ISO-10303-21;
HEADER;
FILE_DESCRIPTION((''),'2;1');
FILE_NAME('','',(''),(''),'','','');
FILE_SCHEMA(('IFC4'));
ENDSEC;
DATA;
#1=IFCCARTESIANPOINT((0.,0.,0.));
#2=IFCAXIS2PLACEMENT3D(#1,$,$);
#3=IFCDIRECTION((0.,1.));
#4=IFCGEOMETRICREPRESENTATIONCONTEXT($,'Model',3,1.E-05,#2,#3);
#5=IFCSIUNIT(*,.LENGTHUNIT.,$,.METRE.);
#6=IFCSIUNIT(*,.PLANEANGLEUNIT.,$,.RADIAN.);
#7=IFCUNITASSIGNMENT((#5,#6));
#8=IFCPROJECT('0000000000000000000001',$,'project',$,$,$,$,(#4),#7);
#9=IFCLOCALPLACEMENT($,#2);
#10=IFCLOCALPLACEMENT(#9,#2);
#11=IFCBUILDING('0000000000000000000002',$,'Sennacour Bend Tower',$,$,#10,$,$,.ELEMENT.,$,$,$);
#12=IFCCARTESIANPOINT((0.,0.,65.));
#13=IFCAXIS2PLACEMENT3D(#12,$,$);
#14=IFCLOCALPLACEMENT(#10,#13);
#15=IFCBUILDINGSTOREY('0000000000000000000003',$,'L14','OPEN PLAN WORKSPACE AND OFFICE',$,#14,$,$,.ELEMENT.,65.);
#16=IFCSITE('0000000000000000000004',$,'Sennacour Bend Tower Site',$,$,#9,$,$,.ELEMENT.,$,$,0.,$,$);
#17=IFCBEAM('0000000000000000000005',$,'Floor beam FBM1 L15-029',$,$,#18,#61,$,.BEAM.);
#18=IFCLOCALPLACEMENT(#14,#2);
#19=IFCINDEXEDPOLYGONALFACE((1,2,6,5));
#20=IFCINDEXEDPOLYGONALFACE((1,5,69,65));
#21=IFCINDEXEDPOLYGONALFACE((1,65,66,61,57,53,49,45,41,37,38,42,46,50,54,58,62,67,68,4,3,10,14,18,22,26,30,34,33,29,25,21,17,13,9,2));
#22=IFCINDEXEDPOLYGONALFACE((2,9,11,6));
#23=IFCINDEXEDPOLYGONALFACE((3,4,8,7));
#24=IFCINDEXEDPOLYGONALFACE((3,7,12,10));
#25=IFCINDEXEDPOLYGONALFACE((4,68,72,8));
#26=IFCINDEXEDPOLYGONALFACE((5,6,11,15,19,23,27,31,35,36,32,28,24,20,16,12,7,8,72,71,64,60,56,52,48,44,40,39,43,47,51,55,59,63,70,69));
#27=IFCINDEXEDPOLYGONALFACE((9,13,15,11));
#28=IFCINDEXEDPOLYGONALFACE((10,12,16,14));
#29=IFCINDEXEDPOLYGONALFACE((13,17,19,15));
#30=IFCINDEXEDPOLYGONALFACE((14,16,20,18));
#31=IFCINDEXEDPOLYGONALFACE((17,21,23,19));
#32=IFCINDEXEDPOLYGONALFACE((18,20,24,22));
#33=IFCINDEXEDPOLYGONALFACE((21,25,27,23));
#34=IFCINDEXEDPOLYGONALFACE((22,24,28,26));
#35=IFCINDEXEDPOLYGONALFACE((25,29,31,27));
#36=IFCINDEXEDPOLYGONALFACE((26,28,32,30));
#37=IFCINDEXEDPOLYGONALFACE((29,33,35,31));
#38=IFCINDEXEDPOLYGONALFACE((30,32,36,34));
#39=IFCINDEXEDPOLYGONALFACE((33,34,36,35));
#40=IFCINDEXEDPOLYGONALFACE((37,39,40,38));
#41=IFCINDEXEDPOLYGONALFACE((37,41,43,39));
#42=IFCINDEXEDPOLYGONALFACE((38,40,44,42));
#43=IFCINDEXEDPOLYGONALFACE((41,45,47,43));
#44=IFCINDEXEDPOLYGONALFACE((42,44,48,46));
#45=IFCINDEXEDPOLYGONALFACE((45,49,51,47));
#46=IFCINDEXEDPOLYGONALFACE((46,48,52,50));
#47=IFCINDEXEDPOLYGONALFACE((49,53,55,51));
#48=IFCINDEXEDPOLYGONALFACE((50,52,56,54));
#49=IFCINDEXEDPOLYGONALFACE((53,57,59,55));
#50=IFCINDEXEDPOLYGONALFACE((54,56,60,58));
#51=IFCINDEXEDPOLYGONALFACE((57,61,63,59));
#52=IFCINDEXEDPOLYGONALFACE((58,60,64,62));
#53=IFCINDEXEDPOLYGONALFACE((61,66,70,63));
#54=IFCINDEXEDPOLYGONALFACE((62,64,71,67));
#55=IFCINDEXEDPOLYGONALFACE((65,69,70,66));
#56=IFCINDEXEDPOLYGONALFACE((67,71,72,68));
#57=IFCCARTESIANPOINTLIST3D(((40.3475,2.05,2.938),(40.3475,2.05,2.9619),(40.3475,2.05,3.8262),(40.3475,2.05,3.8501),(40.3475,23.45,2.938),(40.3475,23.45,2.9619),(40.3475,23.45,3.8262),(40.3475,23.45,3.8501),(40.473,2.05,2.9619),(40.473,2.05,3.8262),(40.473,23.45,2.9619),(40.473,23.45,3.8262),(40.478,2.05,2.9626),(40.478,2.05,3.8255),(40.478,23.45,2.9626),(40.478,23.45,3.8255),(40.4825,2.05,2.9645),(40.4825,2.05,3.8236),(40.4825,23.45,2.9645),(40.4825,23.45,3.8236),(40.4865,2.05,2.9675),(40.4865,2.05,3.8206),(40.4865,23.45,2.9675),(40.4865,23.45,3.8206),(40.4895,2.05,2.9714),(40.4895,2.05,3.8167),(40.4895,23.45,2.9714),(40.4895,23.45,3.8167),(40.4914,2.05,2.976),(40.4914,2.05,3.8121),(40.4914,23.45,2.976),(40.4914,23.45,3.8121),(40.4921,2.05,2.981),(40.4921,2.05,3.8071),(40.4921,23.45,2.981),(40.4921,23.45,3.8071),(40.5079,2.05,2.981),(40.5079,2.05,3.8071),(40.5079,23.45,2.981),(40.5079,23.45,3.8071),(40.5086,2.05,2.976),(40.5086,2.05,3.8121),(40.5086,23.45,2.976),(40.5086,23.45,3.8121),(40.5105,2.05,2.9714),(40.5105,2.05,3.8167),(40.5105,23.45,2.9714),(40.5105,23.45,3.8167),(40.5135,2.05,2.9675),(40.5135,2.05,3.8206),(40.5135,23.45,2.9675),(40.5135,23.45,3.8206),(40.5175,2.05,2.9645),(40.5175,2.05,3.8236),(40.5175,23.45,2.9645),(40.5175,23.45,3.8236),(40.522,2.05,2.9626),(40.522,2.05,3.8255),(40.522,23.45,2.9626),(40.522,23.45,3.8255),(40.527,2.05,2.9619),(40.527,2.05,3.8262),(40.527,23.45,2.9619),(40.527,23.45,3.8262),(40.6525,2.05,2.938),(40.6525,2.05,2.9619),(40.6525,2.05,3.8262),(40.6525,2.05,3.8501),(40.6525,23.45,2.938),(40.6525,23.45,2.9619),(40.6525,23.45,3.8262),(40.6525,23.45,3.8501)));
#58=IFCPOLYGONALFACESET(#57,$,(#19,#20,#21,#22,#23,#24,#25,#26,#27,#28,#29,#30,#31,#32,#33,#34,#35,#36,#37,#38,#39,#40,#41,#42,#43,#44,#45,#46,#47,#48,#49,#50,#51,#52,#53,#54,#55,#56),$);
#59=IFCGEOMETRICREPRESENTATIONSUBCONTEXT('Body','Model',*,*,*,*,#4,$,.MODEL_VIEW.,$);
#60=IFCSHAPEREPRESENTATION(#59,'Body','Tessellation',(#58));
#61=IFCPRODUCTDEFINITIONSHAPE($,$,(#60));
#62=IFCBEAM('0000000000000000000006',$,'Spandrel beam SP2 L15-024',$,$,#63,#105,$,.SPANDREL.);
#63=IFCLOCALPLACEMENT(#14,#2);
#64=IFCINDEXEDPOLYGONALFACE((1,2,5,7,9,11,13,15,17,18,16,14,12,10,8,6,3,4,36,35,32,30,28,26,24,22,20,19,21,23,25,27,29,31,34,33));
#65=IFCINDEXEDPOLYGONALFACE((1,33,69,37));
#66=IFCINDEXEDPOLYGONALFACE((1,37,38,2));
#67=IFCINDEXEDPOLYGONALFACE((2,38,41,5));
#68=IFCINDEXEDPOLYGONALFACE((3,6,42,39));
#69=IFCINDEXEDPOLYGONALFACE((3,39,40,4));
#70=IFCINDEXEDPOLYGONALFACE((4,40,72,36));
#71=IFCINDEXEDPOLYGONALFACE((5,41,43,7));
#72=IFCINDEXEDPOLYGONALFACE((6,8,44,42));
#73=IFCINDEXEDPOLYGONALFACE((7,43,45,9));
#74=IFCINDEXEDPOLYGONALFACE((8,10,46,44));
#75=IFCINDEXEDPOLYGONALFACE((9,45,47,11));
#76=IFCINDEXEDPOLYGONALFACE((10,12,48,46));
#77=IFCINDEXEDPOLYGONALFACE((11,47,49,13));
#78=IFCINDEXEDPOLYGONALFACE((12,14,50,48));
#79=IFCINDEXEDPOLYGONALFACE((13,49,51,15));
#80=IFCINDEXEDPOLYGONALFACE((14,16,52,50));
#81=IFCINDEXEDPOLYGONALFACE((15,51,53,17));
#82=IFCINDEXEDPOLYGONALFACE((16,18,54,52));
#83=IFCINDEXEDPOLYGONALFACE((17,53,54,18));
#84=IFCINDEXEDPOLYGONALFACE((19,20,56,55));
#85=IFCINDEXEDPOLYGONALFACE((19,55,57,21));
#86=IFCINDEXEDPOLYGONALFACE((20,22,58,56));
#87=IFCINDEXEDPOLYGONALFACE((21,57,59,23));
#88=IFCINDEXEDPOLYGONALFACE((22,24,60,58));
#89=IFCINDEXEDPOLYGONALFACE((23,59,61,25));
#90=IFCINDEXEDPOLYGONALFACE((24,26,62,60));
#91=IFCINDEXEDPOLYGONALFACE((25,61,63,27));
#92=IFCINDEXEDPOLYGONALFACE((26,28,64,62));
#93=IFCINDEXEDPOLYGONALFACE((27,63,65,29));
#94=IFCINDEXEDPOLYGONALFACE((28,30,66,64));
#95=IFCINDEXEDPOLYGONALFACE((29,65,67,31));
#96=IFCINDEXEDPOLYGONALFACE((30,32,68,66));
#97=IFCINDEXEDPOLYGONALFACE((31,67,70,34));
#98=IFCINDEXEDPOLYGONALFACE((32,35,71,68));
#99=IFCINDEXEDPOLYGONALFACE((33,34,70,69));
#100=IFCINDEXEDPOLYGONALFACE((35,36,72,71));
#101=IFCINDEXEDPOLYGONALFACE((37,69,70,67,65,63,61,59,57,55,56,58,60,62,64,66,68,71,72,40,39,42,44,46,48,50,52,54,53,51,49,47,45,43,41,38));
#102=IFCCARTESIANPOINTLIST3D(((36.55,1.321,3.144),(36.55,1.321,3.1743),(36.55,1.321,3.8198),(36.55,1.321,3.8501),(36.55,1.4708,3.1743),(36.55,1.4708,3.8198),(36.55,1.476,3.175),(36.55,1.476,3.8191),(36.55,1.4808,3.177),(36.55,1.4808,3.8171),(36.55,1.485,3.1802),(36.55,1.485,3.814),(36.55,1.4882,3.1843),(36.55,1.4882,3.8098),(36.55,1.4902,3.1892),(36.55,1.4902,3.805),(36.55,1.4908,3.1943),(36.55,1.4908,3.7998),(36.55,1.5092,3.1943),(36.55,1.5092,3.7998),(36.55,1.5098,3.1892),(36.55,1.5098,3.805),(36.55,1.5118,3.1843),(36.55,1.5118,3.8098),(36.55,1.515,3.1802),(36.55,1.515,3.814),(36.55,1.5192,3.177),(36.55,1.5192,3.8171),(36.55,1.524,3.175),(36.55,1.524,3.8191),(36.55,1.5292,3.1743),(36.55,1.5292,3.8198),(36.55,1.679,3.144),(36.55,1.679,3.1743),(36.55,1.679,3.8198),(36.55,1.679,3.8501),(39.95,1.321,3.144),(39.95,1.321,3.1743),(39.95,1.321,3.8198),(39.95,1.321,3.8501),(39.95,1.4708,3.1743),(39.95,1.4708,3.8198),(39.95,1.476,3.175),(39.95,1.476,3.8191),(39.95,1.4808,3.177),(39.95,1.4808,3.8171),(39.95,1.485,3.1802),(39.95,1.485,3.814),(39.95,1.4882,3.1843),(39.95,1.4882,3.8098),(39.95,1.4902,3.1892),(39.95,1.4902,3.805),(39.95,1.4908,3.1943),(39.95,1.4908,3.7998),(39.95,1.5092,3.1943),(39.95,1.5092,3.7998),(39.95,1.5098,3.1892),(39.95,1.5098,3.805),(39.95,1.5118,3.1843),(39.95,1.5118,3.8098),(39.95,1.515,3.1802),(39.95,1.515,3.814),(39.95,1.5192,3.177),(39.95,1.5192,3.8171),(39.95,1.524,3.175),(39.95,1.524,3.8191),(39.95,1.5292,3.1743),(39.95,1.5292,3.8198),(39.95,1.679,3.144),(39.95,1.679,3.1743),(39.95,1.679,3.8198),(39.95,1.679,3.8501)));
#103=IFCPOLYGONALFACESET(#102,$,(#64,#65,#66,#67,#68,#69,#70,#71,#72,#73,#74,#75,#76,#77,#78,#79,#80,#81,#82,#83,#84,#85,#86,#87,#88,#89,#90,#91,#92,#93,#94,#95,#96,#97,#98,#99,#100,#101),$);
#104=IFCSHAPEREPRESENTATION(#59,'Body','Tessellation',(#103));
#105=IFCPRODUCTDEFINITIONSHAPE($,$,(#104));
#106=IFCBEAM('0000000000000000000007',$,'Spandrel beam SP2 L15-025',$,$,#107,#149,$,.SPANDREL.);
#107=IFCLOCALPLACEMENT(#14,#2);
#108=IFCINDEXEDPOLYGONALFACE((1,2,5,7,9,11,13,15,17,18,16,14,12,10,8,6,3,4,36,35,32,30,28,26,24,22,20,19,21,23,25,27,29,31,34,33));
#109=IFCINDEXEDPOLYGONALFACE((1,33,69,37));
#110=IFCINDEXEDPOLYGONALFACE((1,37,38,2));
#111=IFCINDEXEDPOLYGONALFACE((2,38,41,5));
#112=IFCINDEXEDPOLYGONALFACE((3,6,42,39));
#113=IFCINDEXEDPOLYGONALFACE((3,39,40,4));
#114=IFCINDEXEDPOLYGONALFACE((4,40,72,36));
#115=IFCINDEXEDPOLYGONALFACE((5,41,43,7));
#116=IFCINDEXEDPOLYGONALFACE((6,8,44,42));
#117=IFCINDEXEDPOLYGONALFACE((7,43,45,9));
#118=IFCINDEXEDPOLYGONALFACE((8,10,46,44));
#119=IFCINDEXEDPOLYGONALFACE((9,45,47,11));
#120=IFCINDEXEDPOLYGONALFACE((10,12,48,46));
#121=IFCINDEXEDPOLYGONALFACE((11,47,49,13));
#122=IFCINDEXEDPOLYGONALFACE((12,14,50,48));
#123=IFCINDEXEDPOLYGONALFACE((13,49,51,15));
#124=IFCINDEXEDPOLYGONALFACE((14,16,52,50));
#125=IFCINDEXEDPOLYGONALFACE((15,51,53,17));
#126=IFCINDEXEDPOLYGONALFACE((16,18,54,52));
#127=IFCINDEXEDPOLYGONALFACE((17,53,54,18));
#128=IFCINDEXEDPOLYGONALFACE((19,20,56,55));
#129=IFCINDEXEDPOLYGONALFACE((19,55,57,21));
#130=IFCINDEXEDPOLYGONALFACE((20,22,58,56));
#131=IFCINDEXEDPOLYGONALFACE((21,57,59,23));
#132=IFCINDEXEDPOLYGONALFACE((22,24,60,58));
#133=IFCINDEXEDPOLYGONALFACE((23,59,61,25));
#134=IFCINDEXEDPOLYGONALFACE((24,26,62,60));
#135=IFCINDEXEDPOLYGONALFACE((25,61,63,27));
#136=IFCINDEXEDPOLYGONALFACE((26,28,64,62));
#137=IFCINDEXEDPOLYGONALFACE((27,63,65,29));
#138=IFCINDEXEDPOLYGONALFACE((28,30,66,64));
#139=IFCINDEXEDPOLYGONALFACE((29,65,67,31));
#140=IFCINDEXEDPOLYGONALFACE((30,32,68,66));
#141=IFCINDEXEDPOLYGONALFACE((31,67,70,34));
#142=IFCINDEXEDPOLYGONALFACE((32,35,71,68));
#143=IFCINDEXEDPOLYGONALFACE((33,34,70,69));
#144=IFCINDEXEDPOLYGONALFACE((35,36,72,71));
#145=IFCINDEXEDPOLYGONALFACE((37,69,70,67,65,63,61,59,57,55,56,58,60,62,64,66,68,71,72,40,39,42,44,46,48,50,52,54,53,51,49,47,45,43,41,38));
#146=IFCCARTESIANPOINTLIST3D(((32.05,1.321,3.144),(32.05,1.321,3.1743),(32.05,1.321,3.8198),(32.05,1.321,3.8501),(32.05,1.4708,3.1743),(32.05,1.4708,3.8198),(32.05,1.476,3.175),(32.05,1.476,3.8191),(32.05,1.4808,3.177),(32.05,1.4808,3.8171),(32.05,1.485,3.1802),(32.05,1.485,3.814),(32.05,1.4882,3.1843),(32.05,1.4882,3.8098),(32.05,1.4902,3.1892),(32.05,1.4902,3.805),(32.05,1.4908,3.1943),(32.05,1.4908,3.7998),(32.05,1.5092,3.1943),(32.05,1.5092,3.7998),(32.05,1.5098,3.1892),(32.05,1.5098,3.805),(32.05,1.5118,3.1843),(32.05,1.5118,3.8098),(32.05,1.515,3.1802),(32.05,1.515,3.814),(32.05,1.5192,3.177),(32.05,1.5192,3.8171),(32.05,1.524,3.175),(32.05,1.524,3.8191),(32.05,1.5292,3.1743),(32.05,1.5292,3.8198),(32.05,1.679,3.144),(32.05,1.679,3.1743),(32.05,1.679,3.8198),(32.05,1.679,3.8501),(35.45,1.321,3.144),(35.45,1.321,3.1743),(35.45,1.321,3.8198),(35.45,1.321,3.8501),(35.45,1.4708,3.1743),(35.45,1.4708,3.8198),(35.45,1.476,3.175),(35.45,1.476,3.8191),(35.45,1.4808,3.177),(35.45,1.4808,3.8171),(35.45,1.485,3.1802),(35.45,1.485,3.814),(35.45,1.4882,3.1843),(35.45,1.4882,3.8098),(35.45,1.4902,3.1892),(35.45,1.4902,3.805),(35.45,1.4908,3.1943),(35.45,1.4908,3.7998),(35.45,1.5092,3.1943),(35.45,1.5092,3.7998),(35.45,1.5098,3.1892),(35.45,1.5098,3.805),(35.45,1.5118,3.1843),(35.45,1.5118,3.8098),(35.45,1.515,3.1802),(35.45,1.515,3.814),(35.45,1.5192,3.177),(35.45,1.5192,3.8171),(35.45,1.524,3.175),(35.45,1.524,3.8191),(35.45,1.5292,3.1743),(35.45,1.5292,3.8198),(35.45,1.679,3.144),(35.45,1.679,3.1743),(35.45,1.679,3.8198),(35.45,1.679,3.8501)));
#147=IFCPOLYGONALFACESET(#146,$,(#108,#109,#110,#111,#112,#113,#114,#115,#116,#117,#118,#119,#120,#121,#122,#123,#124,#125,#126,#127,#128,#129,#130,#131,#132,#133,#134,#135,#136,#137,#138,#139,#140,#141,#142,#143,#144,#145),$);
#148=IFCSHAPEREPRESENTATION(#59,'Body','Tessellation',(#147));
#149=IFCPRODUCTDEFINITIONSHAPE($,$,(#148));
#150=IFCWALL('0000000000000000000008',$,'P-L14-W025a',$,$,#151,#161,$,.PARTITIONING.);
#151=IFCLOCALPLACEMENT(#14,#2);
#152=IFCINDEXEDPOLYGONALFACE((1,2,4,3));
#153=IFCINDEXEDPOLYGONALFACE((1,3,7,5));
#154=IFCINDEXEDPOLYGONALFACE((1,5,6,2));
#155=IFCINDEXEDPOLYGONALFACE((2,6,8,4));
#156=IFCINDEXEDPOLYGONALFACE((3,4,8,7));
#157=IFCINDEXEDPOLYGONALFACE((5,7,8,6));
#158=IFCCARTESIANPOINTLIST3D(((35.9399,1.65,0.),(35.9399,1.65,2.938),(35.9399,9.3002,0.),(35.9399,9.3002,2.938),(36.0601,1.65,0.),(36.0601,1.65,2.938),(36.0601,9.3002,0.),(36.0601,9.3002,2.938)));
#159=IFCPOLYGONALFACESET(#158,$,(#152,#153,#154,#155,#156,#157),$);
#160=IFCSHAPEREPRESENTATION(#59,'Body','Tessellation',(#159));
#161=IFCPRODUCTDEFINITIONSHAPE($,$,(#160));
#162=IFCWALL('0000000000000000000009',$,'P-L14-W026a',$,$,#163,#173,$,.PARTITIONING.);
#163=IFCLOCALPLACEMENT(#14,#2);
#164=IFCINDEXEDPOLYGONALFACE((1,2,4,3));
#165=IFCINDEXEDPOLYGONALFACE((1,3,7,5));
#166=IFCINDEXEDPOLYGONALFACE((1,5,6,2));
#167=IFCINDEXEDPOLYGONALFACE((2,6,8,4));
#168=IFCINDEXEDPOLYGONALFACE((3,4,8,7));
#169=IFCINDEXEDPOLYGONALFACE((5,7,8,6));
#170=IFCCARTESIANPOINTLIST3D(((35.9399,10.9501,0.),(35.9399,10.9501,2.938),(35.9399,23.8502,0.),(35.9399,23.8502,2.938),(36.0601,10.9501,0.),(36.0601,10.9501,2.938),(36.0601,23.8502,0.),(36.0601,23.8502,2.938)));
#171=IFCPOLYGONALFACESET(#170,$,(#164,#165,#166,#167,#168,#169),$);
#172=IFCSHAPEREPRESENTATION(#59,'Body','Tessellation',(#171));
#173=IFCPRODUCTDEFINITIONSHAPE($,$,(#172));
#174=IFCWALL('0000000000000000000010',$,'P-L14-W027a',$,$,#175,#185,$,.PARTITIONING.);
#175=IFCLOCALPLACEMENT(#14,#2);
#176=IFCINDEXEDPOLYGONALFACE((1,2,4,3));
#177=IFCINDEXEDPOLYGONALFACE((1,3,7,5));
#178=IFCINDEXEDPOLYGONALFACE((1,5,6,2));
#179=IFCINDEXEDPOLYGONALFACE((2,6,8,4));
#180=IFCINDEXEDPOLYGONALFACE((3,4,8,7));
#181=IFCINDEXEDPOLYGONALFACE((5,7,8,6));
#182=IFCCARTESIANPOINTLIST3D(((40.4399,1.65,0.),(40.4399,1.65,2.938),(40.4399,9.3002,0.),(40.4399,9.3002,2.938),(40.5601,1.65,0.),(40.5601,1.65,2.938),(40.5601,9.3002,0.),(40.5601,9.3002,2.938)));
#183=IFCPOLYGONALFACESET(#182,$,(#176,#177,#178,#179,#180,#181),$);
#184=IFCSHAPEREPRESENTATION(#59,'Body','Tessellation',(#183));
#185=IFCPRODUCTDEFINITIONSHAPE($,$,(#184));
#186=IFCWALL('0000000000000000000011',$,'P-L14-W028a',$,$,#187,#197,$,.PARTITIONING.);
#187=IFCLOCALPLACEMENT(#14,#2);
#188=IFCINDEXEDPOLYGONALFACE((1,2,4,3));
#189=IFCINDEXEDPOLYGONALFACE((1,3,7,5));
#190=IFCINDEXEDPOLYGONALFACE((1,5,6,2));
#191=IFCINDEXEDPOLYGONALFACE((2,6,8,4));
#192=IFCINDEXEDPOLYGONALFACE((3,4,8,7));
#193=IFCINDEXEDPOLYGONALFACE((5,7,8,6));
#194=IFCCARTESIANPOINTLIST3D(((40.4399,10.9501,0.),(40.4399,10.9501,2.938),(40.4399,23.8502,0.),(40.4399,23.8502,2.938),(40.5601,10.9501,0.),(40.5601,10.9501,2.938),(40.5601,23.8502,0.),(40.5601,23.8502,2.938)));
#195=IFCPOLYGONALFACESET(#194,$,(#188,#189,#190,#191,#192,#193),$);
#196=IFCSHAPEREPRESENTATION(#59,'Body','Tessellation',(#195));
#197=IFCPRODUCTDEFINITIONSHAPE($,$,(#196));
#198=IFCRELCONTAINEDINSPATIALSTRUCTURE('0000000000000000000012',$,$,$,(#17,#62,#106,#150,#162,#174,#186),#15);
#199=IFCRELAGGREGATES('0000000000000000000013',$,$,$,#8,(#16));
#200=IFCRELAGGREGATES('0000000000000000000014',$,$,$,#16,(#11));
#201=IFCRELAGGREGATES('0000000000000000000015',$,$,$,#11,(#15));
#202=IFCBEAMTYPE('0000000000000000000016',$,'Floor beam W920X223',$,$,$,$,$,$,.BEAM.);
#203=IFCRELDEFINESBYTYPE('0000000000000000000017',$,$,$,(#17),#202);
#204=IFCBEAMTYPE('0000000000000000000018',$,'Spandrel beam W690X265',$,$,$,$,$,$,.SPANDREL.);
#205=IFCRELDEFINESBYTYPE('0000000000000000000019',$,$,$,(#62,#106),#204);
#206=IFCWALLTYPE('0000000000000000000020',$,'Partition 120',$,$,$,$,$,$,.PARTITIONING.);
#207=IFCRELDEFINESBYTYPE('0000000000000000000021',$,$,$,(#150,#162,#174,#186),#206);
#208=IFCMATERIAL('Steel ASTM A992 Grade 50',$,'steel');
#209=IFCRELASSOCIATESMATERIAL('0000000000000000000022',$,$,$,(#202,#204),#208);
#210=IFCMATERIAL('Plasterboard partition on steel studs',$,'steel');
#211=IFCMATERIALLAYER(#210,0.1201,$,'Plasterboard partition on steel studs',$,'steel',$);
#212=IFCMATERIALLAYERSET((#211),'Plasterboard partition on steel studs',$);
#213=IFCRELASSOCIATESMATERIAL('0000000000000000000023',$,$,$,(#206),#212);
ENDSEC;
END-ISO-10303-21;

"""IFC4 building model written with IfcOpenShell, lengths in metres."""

from ifc_helpers import new_model, si_unit, direction, frame, frame_2d, origin, origin_2d, place, context, subcontext, project, spatial, rectangle, i_section, extrude, material, layer, layer_set, material_profile, profile_set, type_object, element, save


model = new_model("IFC4")

# Units and contexts
model_context = context("Model", 3, precision=1e-05, world=origin(), true_north=direction((0.0, 1.0)))
body_context = subcontext(model_context, "Body", "Model", "MODEL_VIEW")
ifc_project = project(units=[si_unit("LENGTHUNIT", "METRE"), si_unit("PLANEANGLEUNIT", "RADIAN")], contexts=[model_context])

# Site, building, storey
site_placement = place(None, origin())
site = spatial("IfcSite", under=ifc_project, at=site_placement, Name="Sennacour Bend Tower Site", CompositionType="ELEMENT", RefElevation=0.0)
building_placement = place(site_placement, origin())
building = spatial("IfcBuilding", under=site, at=building_placement, Name="Sennacour Bend Tower", CompositionType="ELEMENT")
storey_placement = place(building_placement, frame((0.0, 0.0, 65.0)))
storey = spatial("IfcBuildingStorey", under=building, at=storey_placement, Name="L14", Description="OPEN PLAN WORKSPACE AND OFFICE", CompositionType="ELEMENT", Elevation=65.0)

# Beams
ifc_material_1 = material(Name="Steel ASTM A992 Grade 50", Category="steel")
ifc_material_profile_1 = material_profile(ifc_material_1, i_section(OverallWidth=0.3049, OverallDepth=0.9121, WebThickness=0.0159, FlangeThickness=0.0239, FilletRadius=0.019, at=origin_2d()), Name="Steel ASTM A992 Grade 50", Category="steel")
ifc_profile_set_1 = profile_set([ifc_material_profile_1], Name="Steel ASTM A992 Grade 50")
beam_type_1 = type_object("IfcBeamType", Name="Floor beam W920X223", PredefinedType="BEAM", material=ifc_profile_set_1)
beam_1_placement = place(storey_placement, frame((40.5, 2.05, 3.394), z_axis=(0.0, 1.0, 0.0), x_axis=(-1.0, 0.0, 0.0)))
element("IfcBeam", 1, at=beam_1_placement, inside=storey, type_object=beam_type_1, Name="Floor beam FBM1 L15-029", PredefinedType="BEAM", context=body_context, shape_type="SweptSolid", body=[
    extrude(i_section(OverallWidth=0.3049, OverallDepth=0.9121, WebThickness=0.0159, FlangeThickness=0.0239, FilletRadius=0.019, at=origin_2d()), origin(), (0.0, 0.0, 1.0), 21.3999),
])
ifc_material_profile_2 = material_profile(ifc_material_1, i_section(OverallWidth=0.3579, OverallDepth=0.7061, WebThickness=0.0183, FlangeThickness=0.0303, FilletRadius=0.02, at=origin_2d()), Name="Steel ASTM A992 Grade 50", Category="steel")
ifc_profile_set_2 = profile_set([ifc_material_profile_2], Name="Steel ASTM A992 Grade 50")
beam_type_2 = type_object("IfcBeamType", Name="Spandrel beam W690X265", PredefinedType="SPANDREL", material=ifc_profile_set_2)
for number, where, z_axis, x_axis, name in (
    (2, (39.95, 1.5, 3.4971), (-1.0, 0.0, 0.0), (0.0, -1.0, 0.0), "Spandrel beam SP2 L15-024"),
    (3, (35.45, 1.5, 3.4971), (-1.0, 0.0, 0.0), (0.0, -1.0, 0.0), "Spandrel beam SP2 L15-025"),
):
    element("IfcBeam", number, at=place(storey_placement, frame(where, z_axis=z_axis, x_axis=x_axis)), inside=storey, type_object=beam_type_2, Name=name, PredefinedType="SPANDREL", context=body_context, shape_type="SweptSolid", body=[
        extrude(i_section(OverallWidth=0.3579, OverallDepth=0.7061, WebThickness=0.0183, FlangeThickness=0.0303, FilletRadius=0.02, at=origin_2d()), origin(), (0.0, 0.0, 1.0), 3.3999),
    ])

# Walls
ifc_material_2 = material(Name="Plasterboard partition on steel studs", Category="steel")
ifc_layer_1 = layer(ifc_material_2, 0.1201, Name="Plasterboard partition on steel studs", Category="steel")
ifc_layer_set_1 = layer_set([ifc_layer_1], Name="Plasterboard partition on steel studs")
wall_type_1 = type_object("IfcWallType", Name="Partition 120", PredefinedType="PARTITIONING", material=ifc_layer_set_1)
wall_1_placement = place(storey_placement, frame((36.0, 1.6499, 0.0), z_axis=(0.0, 0.0, 1.0), x_axis=(0.0, 1.0, 0.0)))
element("IfcWall", 4, at=wall_1_placement, inside=storey, type_object=wall_type_1, Name="P-L14-W025a", PredefinedType="PARTITIONING", context=body_context, shape_type="SweptSolid", body=[
    extrude(rectangle(XDim=7.6501, YDim=0.1201, at=frame_2d((3.8252, 0.0))), origin(), (0.0, 0.0, 1.0), 2.938),
])
wall_2_placement = place(storey_placement, frame((36.0, 10.95, 0.0), z_axis=(0.0, 0.0, 1.0), x_axis=(0.0, 1.0, 0.0)))
element("IfcWall", 5, at=wall_2_placement, inside=storey, type_object=wall_type_1, Name="P-L14-W026a", PredefinedType="PARTITIONING", context=body_context, shape_type="SweptSolid", body=[
    extrude(rectangle(XDim=12.9001, YDim=0.1201, at=frame_2d((6.4502, 0.0))), origin(), (0.0, 0.0, 1.0), 2.938),
])
wall_3_placement = place(storey_placement, frame((40.5, 1.6499, 0.0), z_axis=(0.0, 0.0, 1.0), x_axis=(0.0, 1.0, 0.0)))
element("IfcWall", 6, at=wall_3_placement, inside=storey, type_object=wall_type_1, Name="P-L14-W027a", PredefinedType="PARTITIONING", context=body_context, shape_type="SweptSolid", body=[
    extrude(rectangle(XDim=7.6501, YDim=0.1201, at=frame_2d((3.8252, 0.0))), origin(), (0.0, 0.0, 1.0), 2.938),
])
wall_4_placement = place(storey_placement, frame((40.5, 10.95, 0.0), z_axis=(0.0, 0.0, 1.0), x_axis=(0.0, 1.0, 0.0)))
element("IfcWall", 7, at=wall_4_placement, inside=storey, type_object=wall_type_1, Name="P-L14-W028a", PredefinedType="PARTITIONING", context=body_context, shape_type="SweptSolid", body=[
    extrude(rectangle(XDim=12.9001, YDim=0.1201, at=frame_2d((6.4502, 0.0))), origin(), (0.0, 0.0, 1.0), 2.938),
])

save(model, "model.ifc")
